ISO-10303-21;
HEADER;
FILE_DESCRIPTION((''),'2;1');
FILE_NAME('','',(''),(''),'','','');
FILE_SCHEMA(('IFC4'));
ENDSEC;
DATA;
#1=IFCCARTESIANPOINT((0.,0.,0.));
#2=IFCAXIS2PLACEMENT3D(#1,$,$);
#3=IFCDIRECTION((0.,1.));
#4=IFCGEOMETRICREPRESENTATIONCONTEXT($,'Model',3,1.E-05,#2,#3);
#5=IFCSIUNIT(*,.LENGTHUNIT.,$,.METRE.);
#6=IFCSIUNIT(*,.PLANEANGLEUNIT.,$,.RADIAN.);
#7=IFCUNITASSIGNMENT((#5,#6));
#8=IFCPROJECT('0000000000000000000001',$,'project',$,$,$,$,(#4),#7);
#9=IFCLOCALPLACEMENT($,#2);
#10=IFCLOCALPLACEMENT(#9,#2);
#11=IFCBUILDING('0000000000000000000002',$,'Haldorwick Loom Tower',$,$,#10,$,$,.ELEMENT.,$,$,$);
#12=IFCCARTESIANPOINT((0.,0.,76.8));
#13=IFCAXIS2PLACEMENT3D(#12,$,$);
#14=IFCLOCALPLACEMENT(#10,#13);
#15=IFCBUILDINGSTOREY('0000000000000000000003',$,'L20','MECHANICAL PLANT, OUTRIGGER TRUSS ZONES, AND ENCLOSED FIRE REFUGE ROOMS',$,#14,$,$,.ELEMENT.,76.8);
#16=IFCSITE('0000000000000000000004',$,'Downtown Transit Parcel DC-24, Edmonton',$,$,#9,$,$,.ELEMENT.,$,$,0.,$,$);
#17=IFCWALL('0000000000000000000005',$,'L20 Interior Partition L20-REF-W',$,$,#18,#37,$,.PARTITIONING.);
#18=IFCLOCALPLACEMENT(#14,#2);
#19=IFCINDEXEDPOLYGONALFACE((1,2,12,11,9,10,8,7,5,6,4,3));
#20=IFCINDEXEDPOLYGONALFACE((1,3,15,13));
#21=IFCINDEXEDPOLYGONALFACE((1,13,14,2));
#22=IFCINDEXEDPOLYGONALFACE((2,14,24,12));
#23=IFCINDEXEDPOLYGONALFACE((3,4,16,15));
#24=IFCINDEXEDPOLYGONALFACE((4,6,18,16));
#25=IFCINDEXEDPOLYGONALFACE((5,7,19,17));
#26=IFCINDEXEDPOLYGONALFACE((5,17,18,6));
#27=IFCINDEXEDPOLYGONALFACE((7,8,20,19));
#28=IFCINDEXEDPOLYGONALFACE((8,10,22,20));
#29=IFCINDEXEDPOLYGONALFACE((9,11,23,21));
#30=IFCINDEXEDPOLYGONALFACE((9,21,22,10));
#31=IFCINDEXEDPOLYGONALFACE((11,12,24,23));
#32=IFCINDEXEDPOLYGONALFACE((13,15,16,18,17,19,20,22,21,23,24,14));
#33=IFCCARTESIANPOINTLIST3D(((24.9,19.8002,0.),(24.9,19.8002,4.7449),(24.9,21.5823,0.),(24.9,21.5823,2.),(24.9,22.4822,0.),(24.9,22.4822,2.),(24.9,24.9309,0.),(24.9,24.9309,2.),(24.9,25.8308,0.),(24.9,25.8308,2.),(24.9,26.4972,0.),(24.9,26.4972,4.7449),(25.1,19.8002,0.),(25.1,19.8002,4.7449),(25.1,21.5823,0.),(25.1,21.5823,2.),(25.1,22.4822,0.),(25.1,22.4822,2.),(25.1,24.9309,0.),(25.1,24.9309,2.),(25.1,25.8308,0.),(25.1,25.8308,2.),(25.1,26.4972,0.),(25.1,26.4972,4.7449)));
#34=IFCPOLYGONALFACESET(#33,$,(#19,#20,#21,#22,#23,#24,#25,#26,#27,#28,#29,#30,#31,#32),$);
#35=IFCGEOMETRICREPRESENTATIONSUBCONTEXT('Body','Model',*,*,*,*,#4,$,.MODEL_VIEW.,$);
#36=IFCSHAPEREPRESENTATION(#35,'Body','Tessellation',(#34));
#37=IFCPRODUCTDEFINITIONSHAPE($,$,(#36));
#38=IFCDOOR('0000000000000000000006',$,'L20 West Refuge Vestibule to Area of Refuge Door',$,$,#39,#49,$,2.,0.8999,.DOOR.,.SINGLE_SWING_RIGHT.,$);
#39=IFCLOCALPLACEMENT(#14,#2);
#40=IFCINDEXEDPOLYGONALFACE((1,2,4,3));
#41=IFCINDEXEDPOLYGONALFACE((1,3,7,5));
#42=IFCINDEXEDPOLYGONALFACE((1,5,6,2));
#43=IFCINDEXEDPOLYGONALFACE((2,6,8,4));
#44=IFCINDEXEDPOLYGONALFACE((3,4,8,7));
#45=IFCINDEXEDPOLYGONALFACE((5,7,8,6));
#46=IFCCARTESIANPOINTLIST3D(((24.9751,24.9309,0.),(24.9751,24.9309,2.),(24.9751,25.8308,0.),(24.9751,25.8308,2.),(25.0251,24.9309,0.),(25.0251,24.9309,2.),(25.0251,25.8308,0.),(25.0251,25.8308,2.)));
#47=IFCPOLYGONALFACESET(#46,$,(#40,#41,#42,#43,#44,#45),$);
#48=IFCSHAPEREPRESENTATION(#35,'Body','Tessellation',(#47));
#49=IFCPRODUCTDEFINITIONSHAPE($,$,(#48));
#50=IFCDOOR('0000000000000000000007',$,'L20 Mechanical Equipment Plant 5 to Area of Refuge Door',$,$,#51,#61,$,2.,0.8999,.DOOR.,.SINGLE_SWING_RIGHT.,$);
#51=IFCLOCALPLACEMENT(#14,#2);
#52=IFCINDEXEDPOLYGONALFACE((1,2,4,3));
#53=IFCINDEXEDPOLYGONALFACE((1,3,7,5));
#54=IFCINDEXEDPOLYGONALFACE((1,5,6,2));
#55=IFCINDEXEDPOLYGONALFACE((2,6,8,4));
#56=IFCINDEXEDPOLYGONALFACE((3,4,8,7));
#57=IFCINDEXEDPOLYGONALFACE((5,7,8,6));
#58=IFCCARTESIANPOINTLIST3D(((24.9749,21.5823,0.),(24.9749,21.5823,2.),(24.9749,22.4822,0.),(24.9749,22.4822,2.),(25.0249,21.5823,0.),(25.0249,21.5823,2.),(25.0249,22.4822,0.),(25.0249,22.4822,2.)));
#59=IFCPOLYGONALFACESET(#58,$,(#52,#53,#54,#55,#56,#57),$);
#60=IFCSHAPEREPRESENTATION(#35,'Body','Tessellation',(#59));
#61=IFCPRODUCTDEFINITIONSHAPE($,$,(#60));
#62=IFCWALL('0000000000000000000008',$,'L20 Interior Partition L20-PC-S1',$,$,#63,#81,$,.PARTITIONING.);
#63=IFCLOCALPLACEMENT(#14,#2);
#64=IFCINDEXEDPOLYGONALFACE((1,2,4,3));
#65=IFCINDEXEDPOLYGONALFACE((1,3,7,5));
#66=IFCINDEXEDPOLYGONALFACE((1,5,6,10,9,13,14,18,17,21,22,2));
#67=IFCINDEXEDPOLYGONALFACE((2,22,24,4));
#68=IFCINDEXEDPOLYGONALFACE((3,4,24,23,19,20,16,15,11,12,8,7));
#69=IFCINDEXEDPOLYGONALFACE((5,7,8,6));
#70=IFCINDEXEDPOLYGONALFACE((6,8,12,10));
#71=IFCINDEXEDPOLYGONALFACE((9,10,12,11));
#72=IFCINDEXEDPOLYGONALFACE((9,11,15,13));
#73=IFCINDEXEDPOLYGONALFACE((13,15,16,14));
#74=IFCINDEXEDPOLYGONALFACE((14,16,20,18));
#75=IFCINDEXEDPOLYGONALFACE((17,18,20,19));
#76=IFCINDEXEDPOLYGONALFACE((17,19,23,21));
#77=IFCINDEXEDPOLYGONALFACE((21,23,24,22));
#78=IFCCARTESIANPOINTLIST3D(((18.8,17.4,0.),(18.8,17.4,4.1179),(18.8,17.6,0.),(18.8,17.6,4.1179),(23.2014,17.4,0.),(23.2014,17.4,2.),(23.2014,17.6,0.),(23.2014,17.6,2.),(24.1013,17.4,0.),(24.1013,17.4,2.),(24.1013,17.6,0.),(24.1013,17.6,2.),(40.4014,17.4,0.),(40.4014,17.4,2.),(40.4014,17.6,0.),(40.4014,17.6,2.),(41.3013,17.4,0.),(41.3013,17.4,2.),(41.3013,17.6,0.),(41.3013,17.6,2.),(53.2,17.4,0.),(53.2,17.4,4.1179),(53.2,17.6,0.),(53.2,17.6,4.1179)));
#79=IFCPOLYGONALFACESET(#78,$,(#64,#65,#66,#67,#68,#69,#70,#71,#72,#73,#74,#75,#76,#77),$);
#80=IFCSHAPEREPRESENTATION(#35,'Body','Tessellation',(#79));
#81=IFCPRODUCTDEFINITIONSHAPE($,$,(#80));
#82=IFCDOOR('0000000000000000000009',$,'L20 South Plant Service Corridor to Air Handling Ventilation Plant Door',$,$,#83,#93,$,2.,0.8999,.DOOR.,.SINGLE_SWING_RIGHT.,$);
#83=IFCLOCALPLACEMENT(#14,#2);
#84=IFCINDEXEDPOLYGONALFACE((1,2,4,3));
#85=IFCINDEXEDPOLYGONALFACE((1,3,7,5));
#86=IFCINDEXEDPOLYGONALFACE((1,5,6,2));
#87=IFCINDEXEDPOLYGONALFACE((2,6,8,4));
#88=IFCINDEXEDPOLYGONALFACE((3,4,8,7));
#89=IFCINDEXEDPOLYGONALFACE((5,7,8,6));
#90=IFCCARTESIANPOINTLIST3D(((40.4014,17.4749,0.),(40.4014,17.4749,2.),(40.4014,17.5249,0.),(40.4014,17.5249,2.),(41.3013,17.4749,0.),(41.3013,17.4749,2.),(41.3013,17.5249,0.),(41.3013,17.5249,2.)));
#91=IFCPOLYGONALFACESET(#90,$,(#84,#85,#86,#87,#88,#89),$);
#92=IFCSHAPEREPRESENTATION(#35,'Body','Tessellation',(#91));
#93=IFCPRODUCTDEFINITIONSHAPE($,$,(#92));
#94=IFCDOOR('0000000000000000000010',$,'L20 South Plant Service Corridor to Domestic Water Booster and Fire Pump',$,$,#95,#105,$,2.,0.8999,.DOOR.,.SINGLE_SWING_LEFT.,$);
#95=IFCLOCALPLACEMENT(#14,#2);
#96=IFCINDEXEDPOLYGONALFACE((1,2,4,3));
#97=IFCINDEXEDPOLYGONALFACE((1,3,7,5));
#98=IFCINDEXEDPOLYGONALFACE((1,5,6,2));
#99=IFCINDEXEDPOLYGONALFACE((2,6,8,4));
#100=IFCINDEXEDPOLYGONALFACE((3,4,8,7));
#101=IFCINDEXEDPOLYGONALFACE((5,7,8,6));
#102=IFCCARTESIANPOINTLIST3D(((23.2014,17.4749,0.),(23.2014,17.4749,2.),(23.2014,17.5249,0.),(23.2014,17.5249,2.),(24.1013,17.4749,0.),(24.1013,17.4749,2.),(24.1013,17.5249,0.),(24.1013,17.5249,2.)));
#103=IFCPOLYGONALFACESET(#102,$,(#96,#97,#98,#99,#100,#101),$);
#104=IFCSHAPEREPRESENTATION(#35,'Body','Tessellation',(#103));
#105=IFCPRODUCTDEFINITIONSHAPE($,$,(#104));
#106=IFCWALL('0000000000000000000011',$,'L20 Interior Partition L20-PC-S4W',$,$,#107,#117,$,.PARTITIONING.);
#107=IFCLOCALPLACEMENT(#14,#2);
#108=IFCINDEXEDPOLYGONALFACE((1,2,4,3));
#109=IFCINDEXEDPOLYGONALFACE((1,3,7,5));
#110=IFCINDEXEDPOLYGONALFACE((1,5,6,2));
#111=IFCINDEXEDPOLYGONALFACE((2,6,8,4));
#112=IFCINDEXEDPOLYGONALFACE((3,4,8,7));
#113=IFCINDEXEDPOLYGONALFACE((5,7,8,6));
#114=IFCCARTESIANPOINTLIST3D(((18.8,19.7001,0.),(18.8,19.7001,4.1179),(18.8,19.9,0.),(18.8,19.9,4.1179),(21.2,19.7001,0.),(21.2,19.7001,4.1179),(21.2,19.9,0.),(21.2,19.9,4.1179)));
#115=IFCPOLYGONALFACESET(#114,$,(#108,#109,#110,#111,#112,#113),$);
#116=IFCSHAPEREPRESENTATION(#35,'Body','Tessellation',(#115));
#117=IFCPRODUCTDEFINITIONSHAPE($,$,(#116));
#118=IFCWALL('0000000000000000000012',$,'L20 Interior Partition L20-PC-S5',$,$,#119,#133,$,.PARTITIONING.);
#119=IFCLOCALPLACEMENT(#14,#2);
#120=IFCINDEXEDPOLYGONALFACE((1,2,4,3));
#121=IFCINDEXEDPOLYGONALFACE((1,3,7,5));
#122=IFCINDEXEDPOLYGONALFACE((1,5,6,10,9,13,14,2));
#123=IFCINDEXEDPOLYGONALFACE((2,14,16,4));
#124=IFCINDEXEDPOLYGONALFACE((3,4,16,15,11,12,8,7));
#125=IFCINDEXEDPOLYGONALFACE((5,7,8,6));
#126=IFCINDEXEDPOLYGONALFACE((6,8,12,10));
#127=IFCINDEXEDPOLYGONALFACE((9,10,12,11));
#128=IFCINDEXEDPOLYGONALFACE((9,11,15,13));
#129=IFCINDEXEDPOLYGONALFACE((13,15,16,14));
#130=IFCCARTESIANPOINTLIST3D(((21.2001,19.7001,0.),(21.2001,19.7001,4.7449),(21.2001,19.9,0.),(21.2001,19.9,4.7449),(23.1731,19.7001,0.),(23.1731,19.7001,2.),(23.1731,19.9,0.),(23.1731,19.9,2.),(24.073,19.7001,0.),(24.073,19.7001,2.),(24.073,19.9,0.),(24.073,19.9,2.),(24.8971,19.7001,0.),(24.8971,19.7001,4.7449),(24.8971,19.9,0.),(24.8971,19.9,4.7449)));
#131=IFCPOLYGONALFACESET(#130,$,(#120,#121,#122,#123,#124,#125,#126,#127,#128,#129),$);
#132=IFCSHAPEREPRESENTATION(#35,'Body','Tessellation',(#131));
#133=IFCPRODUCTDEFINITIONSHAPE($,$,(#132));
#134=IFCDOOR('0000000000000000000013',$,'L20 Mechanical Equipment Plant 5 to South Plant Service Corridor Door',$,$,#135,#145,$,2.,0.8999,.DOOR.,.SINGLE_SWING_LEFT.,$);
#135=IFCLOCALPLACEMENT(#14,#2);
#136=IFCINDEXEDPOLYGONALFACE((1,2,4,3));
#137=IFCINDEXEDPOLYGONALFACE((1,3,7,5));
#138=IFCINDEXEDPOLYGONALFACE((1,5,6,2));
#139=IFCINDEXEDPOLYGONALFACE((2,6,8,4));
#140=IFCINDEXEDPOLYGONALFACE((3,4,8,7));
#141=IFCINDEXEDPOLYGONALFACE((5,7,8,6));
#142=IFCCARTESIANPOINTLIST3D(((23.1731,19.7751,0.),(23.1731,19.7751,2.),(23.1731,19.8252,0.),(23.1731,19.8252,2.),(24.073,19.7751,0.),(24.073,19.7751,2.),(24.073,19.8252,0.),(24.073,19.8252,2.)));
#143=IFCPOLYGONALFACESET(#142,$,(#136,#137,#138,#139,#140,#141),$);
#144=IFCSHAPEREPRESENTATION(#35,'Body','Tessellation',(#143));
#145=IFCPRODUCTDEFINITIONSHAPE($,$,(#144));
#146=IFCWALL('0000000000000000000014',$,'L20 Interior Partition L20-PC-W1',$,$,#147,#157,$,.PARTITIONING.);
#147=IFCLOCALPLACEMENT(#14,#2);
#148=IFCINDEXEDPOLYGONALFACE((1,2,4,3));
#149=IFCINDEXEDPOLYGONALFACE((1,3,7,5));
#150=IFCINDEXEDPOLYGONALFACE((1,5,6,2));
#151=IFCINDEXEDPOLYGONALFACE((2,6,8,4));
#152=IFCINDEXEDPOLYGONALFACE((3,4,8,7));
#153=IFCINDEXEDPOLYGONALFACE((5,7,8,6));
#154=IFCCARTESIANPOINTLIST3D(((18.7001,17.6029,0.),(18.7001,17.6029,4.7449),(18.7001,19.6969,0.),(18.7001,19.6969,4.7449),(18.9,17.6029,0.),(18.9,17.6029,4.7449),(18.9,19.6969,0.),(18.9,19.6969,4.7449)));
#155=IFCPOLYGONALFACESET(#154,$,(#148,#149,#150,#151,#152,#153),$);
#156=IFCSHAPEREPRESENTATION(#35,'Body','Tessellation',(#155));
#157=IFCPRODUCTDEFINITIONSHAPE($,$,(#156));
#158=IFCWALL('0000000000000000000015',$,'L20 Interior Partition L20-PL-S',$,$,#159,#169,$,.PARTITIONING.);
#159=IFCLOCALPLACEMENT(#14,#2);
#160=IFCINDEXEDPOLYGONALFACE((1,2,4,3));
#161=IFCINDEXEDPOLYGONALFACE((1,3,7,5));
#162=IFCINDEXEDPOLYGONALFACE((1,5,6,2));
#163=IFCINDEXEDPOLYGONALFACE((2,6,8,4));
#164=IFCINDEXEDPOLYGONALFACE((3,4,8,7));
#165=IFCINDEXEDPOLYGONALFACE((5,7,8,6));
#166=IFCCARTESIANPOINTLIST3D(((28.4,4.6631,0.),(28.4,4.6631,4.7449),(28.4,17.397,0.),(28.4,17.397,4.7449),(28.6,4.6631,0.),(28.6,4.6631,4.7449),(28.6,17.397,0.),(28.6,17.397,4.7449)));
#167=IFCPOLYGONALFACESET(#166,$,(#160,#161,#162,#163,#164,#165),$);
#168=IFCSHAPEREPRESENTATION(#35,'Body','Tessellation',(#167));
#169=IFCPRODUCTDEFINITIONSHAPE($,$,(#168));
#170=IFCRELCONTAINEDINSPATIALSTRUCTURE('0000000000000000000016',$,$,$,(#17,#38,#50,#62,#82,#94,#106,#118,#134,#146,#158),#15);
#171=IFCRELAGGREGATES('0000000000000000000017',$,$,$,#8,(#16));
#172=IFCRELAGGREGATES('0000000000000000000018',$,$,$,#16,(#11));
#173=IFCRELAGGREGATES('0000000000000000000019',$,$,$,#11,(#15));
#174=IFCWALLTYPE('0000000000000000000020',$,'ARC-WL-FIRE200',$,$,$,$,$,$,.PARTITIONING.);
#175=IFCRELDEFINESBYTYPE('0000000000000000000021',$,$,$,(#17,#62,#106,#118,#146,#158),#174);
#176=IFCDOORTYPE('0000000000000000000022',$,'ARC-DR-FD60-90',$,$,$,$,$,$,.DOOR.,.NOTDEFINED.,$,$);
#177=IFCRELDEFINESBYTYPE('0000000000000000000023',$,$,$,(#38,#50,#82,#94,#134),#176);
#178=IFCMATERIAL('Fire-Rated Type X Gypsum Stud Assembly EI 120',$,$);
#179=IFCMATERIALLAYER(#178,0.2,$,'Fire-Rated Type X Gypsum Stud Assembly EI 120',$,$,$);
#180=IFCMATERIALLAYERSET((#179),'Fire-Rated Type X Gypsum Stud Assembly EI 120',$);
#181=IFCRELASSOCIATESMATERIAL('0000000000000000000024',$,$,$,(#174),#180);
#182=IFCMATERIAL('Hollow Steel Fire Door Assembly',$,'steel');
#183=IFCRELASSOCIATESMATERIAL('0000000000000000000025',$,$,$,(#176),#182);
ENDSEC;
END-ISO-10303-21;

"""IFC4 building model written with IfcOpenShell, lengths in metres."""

from ifc_helpers import new_model, si_unit, direction, frame, frame_2d, origin, place, context, subcontext, project, spatial, rectangle, extrude, material, layer, layer_set, type_object, element, fill, save


model = new_model("IFC4")

# Units and contexts
model_context = context("Model", 3, precision=1e-05, world=origin(), true_north=direction((0.0, 1.0)))
body_context = subcontext(model_context, "Body", "Model", "MODEL_VIEW")
ifc_project = project(units=[si_unit("LENGTHUNIT", "METRE"), si_unit("PLANEANGLEUNIT", "RADIAN")], contexts=[model_context])

# Site, building, storey
site_placement = place(None, origin())
site = spatial("IfcSite", under=ifc_project, at=site_placement, Name="Downtown Transit Parcel DC-24, Edmonton", CompositionType="ELEMENT", RefElevation=0.0)
building_placement = place(site_placement, origin())
building = spatial("IfcBuilding", under=site, at=building_placement, Name="Haldorwick Loom Tower", CompositionType="ELEMENT")
storey_placement = place(building_placement, frame((0.0, 0.0, 76.8)))
storey = spatial("IfcBuildingStorey", under=building, at=storey_placement, Name="L20", Description="MECHANICAL PLANT, OUTRIGGER TRUSS ZONES, AND ENCLOSED FIRE REFUGE ROOMS", CompositionType="ELEMENT", Elevation=76.8)

# Walls, openings, doors
ifc_material_1 = material(Name="Fire-Rated Type X Gypsum Stud Assembly EI 120")
ifc_layer_1 = layer(ifc_material_1, 0.2, Name="Fire-Rated Type X Gypsum Stud Assembly EI 120")
ifc_layer_set_1 = layer_set([ifc_layer_1], Name="Fire-Rated Type X Gypsum Stud Assembly EI 120")
wall_type_1 = type_object("IfcWallType", Name="ARC-WL-FIRE200", PredefinedType="PARTITIONING", material=ifc_layer_set_1)
wall_1_placement = place(storey_placement, frame((25.0, 19.8, 0.0), z_axis=(0.0, 0.0, 1.0), x_axis=(0.0, 1.0, 0.0)))
wall_1 = element("IfcWall", 1, at=wall_1_placement, inside=storey, type_object=wall_type_1, Name="L20 Interior Partition L20-REF-W", PredefinedType="PARTITIONING", context=body_context, shape_type="SweptSolid", body=[
    extrude(rectangle(XDim=6.697, YDim=0.2, at=frame_2d((3.3486, 0.0))), origin(), (0.0, 0.0, 1.0), 4.7449),
])
opening_1_placement = place(wall_1_placement, frame((5.1309, 0.0, 0.0)))
opening_1 = element("IfcOpeningElement", 2, at=opening_1_placement, cuts=wall_1, PredefinedType="OPENING", context=body_context, shape_type="SweptSolid", body=[
    extrude(rectangle(XDim=0.8999, YDim=2.0, at=frame_2d((0.45, 1.0))), frame((0.0, 0.1099, 0.0), z_axis=(0.0, -1.0, 0.0), x_axis=(1.0, 0.0, 0.0)), (0.0, 0.0, 1.0), 0.22),
])
opening_2_placement = place(wall_1_placement, frame((1.7822, 0.0, 0.0)))
opening_2 = element("IfcOpeningElement", 3, at=opening_2_placement, cuts=wall_1, PredefinedType="OPENING", context=body_context, shape_type="SweptSolid", body=[
    extrude(rectangle(XDim=0.8999, YDim=2.0, at=frame_2d((0.45, 1.0))), frame((0.0, 0.1099, 0.0), z_axis=(0.0, -1.0, 0.0), x_axis=(1.0, 0.0, 0.0)), (0.0, 0.0, 1.0), 0.22),
])
ifc_material_2 = material(Name="Hollow Steel Fire Door Assembly", Category="steel")
door_type = type_object("IfcDoorType", Name="ARC-DR-FD60-90", OperationType="NOTDEFINED", PredefinedType="DOOR", material=ifc_material_2)
door_1_placement = place(opening_1_placement, origin())
door_1 = element("IfcDoor", 4, at=door_1_placement, inside=storey, type_object=door_type, Name="L20 West Refuge Vestibule to Area of Refuge Door", OperationType="SINGLE_SWING_RIGHT", OverallHeight=2.0, OverallWidth=0.8999, PredefinedType="DOOR", context=body_context, shape_type="SweptSolid", body=[
    extrude(rectangle(XDim=0.8999, YDim=2.0, at=frame_2d((0.45, 1.0))), frame((0.0, 0.0249, 0.0), z_axis=(0.0, -1.0, 0.0), x_axis=(1.0, 0.0, 0.0)), (0.0, 0.0, 1.0), 0.05),
])
fill(opening_1, door_1)
door_2_placement = place(opening_2_placement, frame((0.8999, 0.0, 0.0), z_axis=(0.0, 0.0, 1.0), x_axis=(-1.0, 0.0, 0.0)))
door_2 = element("IfcDoor", 5, at=door_2_placement, inside=storey, type_object=door_type, Name="L20 Mechanical Equipment Plant 5 to Area of Refuge Door", OperationType="SINGLE_SWING_RIGHT", OverallHeight=2.0, OverallWidth=0.8999, PredefinedType="DOOR", context=body_context, shape_type="SweptSolid", body=[
    extrude(rectangle(XDim=0.8999, YDim=2.0, at=frame_2d((0.45, 1.0))), frame((0.0, 0.0249, 0.0), z_axis=(0.0, -1.0, 0.0), x_axis=(1.0, 0.0, 0.0)), (0.0, 0.0, 1.0), 0.05),
])
fill(opening_2, door_2)
wall_2_placement = place(storey_placement, frame((18.8, 17.5, 0.0), z_axis=(0.0, 0.0, 1.0), x_axis=(1.0, 0.0, 0.0)))
wall_2 = element("IfcWall", 6, at=wall_2_placement, inside=storey, type_object=wall_type_1, Name="L20 Interior Partition L20-PC-S1", PredefinedType="PARTITIONING", context=body_context, shape_type="SweptSolid", body=[
    extrude(rectangle(XDim=34.3999, YDim=0.2, at=frame_2d((17.2, 0.0))), origin(), (0.0, 0.0, 1.0), 4.1179),
])
opening_3_placement = place(wall_2_placement, frame((21.6013, 0.0, 0.0)))
opening_3 = element("IfcOpeningElement", 7, at=opening_3_placement, cuts=wall_2, PredefinedType="OPENING", context=body_context, shape_type="SweptSolid", body=[
    extrude(rectangle(XDim=0.8999, YDim=2.0, at=frame_2d((0.45, 1.0))), frame((0.0, 0.1099, 0.0), z_axis=(0.0, -1.0, 0.0), x_axis=(1.0, 0.0, 0.0)), (0.0, 0.0, 1.0), 0.22),
])
opening_4_placement = place(wall_2_placement, frame((4.4014, 0.0, 0.0)))
opening_4 = element("IfcOpeningElement", 8, at=opening_4_placement, cuts=wall_2, PredefinedType="OPENING", context=body_context, shape_type="SweptSolid", body=[
    extrude(rectangle(XDim=0.8999, YDim=2.0, at=frame_2d((0.45, 1.0))), frame((0.0, 0.1099, 0.0), z_axis=(0.0, -1.0, 0.0), x_axis=(1.0, 0.0, 0.0)), (0.0, 0.0, 1.0), 0.22),
])
door_3_placement = place(opening_3_placement, origin())
door_3 = element("IfcDoor", 9, at=door_3_placement, inside=storey, type_object=door_type, Name="L20 South Plant Service Corridor to Air Handling Ventilation Plant Door", OperationType="SINGLE_SWING_RIGHT", OverallHeight=2.0, OverallWidth=0.8999, PredefinedType="DOOR", context=body_context, shape_type="SweptSolid", body=[
    extrude(rectangle(XDim=0.8999, YDim=2.0, at=frame_2d((0.45, 1.0))), frame((0.0, 0.0249, 0.0), z_axis=(0.0, -1.0, 0.0), x_axis=(1.0, 0.0, 0.0)), (0.0, 0.0, 1.0), 0.05),
])
fill(opening_3, door_3)
door_4_placement = place(opening_4_placement, origin())
door_4 = element("IfcDoor", 10, at=door_4_placement, inside=storey, type_object=door_type, Name="L20 South Plant Service Corridor to Domestic Water Booster and Fire Pump", OperationType="SINGLE_SWING_LEFT", OverallHeight=2.0, OverallWidth=0.8999, PredefinedType="DOOR", context=body_context, shape_type="SweptSolid", body=[
    extrude(rectangle(XDim=0.8999, YDim=2.0, at=frame_2d((0.45, 1.0))), frame((0.0, 0.0249, 0.0), z_axis=(0.0, -1.0, 0.0), x_axis=(1.0, 0.0, 0.0)), (0.0, 0.0, 1.0), 0.05),
])
fill(opening_4, door_4)

# Wall
wall_3_placement = place(storey_placement, frame((18.8, 19.8, 0.0), z_axis=(0.0, 0.0, 1.0), x_axis=(1.0, 0.0, 0.0)))
element("IfcWall", 11, at=wall_3_placement, inside=storey, type_object=wall_type_1, Name="L20 Interior Partition L20-PC-S4W", PredefinedType="PARTITIONING", context=body_context, shape_type="SweptSolid", body=[
    extrude(rectangle(XDim=2.3999, YDim=0.2, at=frame_2d((1.2, 0.0))), origin(), (0.0, 0.0, 1.0), 4.1179),
])

# Wall, opening, door
wall_4_placement = place(storey_placement, frame((21.2, 19.8, 0.0), z_axis=(0.0, 0.0, 1.0), x_axis=(1.0, 0.0, 0.0)))
wall_4 = element("IfcWall", 12, at=wall_4_placement, inside=storey, type_object=wall_type_1, Name="L20 Interior Partition L20-PC-S5", PredefinedType="PARTITIONING", context=body_context, shape_type="SweptSolid", body=[
    extrude(rectangle(XDim=3.697, YDim=0.2, at=frame_2d((1.8486, 0.0))), origin(), (0.0, 0.0, 1.0), 4.7449),
])
opening_5_placement = place(wall_4_placement, frame((1.9731, 0.0, 0.0)))
opening_5 = element("IfcOpeningElement", 13, at=opening_5_placement, cuts=wall_4, PredefinedType="OPENING", context=body_context, shape_type="SweptSolid", body=[
    extrude(rectangle(XDim=0.8999, YDim=2.0, at=frame_2d((0.45, 1.0))), frame((0.0, 0.1099, 0.0), z_axis=(0.0, -1.0, 0.0), x_axis=(1.0, 0.0, 0.0)), (0.0, 0.0, 1.0), 0.22),
])
door_5_placement = place(opening_5_placement, frame((0.8999, 0.0, 0.0), z_axis=(0.0, 0.0, 1.0), x_axis=(-1.0, 0.0, 0.0)))
door_5 = element("IfcDoor", 14, at=door_5_placement, inside=storey, type_object=door_type, Name="L20 Mechanical Equipment Plant 5 to South Plant Service Corridor Door", OperationType="SINGLE_SWING_LEFT", OverallHeight=2.0, OverallWidth=0.8999, PredefinedType="DOOR", context=body_context, shape_type="SweptSolid", body=[
    extrude(rectangle(XDim=0.8999, YDim=2.0, at=frame_2d((0.45, 1.0))), frame((0.0, 0.0249, 0.0), z_axis=(0.0, -1.0, 0.0), x_axis=(1.0, 0.0, 0.0)), (0.0, 0.0, 1.0), 0.05),
])
fill(opening_5, door_5)

# Walls
wall_5_placement = place(storey_placement, frame((18.8, 17.603, 0.0), z_axis=(0.0, 0.0, 1.0), x_axis=(0.0, 1.0, 0.0)))
element("IfcWall", 15, at=wall_5_placement, inside=storey, type_object=wall_type_1, Name="L20 Interior Partition L20-PC-W1", PredefinedType="PARTITIONING", context=body_context, shape_type="SweptSolid", body=[
    extrude(rectangle(XDim=2.094, YDim=0.2, at=frame_2d((1.0469, 0.0))), origin(), (0.0, 0.0, 1.0), 4.7449),
])
wall_6_placement = place(storey_placement, frame((28.5, 4.6631, 0.0), z_axis=(0.0, 0.0, 1.0), x_axis=(0.0, 1.0, 0.0)))
element("IfcWall", 16, at=wall_6_placement, inside=storey, type_object=wall_type_1, Name="L20 Interior Partition L20-PL-S", PredefinedType="PARTITIONING", context=body_context, shape_type="SweptSolid", body=[
    extrude(rectangle(XDim=12.7339, YDim=0.2, at=frame_2d((6.3669, 0.0))), origin(), (0.0, 0.0, 1.0), 4.7449),
])

save(model, "model.ifc")
